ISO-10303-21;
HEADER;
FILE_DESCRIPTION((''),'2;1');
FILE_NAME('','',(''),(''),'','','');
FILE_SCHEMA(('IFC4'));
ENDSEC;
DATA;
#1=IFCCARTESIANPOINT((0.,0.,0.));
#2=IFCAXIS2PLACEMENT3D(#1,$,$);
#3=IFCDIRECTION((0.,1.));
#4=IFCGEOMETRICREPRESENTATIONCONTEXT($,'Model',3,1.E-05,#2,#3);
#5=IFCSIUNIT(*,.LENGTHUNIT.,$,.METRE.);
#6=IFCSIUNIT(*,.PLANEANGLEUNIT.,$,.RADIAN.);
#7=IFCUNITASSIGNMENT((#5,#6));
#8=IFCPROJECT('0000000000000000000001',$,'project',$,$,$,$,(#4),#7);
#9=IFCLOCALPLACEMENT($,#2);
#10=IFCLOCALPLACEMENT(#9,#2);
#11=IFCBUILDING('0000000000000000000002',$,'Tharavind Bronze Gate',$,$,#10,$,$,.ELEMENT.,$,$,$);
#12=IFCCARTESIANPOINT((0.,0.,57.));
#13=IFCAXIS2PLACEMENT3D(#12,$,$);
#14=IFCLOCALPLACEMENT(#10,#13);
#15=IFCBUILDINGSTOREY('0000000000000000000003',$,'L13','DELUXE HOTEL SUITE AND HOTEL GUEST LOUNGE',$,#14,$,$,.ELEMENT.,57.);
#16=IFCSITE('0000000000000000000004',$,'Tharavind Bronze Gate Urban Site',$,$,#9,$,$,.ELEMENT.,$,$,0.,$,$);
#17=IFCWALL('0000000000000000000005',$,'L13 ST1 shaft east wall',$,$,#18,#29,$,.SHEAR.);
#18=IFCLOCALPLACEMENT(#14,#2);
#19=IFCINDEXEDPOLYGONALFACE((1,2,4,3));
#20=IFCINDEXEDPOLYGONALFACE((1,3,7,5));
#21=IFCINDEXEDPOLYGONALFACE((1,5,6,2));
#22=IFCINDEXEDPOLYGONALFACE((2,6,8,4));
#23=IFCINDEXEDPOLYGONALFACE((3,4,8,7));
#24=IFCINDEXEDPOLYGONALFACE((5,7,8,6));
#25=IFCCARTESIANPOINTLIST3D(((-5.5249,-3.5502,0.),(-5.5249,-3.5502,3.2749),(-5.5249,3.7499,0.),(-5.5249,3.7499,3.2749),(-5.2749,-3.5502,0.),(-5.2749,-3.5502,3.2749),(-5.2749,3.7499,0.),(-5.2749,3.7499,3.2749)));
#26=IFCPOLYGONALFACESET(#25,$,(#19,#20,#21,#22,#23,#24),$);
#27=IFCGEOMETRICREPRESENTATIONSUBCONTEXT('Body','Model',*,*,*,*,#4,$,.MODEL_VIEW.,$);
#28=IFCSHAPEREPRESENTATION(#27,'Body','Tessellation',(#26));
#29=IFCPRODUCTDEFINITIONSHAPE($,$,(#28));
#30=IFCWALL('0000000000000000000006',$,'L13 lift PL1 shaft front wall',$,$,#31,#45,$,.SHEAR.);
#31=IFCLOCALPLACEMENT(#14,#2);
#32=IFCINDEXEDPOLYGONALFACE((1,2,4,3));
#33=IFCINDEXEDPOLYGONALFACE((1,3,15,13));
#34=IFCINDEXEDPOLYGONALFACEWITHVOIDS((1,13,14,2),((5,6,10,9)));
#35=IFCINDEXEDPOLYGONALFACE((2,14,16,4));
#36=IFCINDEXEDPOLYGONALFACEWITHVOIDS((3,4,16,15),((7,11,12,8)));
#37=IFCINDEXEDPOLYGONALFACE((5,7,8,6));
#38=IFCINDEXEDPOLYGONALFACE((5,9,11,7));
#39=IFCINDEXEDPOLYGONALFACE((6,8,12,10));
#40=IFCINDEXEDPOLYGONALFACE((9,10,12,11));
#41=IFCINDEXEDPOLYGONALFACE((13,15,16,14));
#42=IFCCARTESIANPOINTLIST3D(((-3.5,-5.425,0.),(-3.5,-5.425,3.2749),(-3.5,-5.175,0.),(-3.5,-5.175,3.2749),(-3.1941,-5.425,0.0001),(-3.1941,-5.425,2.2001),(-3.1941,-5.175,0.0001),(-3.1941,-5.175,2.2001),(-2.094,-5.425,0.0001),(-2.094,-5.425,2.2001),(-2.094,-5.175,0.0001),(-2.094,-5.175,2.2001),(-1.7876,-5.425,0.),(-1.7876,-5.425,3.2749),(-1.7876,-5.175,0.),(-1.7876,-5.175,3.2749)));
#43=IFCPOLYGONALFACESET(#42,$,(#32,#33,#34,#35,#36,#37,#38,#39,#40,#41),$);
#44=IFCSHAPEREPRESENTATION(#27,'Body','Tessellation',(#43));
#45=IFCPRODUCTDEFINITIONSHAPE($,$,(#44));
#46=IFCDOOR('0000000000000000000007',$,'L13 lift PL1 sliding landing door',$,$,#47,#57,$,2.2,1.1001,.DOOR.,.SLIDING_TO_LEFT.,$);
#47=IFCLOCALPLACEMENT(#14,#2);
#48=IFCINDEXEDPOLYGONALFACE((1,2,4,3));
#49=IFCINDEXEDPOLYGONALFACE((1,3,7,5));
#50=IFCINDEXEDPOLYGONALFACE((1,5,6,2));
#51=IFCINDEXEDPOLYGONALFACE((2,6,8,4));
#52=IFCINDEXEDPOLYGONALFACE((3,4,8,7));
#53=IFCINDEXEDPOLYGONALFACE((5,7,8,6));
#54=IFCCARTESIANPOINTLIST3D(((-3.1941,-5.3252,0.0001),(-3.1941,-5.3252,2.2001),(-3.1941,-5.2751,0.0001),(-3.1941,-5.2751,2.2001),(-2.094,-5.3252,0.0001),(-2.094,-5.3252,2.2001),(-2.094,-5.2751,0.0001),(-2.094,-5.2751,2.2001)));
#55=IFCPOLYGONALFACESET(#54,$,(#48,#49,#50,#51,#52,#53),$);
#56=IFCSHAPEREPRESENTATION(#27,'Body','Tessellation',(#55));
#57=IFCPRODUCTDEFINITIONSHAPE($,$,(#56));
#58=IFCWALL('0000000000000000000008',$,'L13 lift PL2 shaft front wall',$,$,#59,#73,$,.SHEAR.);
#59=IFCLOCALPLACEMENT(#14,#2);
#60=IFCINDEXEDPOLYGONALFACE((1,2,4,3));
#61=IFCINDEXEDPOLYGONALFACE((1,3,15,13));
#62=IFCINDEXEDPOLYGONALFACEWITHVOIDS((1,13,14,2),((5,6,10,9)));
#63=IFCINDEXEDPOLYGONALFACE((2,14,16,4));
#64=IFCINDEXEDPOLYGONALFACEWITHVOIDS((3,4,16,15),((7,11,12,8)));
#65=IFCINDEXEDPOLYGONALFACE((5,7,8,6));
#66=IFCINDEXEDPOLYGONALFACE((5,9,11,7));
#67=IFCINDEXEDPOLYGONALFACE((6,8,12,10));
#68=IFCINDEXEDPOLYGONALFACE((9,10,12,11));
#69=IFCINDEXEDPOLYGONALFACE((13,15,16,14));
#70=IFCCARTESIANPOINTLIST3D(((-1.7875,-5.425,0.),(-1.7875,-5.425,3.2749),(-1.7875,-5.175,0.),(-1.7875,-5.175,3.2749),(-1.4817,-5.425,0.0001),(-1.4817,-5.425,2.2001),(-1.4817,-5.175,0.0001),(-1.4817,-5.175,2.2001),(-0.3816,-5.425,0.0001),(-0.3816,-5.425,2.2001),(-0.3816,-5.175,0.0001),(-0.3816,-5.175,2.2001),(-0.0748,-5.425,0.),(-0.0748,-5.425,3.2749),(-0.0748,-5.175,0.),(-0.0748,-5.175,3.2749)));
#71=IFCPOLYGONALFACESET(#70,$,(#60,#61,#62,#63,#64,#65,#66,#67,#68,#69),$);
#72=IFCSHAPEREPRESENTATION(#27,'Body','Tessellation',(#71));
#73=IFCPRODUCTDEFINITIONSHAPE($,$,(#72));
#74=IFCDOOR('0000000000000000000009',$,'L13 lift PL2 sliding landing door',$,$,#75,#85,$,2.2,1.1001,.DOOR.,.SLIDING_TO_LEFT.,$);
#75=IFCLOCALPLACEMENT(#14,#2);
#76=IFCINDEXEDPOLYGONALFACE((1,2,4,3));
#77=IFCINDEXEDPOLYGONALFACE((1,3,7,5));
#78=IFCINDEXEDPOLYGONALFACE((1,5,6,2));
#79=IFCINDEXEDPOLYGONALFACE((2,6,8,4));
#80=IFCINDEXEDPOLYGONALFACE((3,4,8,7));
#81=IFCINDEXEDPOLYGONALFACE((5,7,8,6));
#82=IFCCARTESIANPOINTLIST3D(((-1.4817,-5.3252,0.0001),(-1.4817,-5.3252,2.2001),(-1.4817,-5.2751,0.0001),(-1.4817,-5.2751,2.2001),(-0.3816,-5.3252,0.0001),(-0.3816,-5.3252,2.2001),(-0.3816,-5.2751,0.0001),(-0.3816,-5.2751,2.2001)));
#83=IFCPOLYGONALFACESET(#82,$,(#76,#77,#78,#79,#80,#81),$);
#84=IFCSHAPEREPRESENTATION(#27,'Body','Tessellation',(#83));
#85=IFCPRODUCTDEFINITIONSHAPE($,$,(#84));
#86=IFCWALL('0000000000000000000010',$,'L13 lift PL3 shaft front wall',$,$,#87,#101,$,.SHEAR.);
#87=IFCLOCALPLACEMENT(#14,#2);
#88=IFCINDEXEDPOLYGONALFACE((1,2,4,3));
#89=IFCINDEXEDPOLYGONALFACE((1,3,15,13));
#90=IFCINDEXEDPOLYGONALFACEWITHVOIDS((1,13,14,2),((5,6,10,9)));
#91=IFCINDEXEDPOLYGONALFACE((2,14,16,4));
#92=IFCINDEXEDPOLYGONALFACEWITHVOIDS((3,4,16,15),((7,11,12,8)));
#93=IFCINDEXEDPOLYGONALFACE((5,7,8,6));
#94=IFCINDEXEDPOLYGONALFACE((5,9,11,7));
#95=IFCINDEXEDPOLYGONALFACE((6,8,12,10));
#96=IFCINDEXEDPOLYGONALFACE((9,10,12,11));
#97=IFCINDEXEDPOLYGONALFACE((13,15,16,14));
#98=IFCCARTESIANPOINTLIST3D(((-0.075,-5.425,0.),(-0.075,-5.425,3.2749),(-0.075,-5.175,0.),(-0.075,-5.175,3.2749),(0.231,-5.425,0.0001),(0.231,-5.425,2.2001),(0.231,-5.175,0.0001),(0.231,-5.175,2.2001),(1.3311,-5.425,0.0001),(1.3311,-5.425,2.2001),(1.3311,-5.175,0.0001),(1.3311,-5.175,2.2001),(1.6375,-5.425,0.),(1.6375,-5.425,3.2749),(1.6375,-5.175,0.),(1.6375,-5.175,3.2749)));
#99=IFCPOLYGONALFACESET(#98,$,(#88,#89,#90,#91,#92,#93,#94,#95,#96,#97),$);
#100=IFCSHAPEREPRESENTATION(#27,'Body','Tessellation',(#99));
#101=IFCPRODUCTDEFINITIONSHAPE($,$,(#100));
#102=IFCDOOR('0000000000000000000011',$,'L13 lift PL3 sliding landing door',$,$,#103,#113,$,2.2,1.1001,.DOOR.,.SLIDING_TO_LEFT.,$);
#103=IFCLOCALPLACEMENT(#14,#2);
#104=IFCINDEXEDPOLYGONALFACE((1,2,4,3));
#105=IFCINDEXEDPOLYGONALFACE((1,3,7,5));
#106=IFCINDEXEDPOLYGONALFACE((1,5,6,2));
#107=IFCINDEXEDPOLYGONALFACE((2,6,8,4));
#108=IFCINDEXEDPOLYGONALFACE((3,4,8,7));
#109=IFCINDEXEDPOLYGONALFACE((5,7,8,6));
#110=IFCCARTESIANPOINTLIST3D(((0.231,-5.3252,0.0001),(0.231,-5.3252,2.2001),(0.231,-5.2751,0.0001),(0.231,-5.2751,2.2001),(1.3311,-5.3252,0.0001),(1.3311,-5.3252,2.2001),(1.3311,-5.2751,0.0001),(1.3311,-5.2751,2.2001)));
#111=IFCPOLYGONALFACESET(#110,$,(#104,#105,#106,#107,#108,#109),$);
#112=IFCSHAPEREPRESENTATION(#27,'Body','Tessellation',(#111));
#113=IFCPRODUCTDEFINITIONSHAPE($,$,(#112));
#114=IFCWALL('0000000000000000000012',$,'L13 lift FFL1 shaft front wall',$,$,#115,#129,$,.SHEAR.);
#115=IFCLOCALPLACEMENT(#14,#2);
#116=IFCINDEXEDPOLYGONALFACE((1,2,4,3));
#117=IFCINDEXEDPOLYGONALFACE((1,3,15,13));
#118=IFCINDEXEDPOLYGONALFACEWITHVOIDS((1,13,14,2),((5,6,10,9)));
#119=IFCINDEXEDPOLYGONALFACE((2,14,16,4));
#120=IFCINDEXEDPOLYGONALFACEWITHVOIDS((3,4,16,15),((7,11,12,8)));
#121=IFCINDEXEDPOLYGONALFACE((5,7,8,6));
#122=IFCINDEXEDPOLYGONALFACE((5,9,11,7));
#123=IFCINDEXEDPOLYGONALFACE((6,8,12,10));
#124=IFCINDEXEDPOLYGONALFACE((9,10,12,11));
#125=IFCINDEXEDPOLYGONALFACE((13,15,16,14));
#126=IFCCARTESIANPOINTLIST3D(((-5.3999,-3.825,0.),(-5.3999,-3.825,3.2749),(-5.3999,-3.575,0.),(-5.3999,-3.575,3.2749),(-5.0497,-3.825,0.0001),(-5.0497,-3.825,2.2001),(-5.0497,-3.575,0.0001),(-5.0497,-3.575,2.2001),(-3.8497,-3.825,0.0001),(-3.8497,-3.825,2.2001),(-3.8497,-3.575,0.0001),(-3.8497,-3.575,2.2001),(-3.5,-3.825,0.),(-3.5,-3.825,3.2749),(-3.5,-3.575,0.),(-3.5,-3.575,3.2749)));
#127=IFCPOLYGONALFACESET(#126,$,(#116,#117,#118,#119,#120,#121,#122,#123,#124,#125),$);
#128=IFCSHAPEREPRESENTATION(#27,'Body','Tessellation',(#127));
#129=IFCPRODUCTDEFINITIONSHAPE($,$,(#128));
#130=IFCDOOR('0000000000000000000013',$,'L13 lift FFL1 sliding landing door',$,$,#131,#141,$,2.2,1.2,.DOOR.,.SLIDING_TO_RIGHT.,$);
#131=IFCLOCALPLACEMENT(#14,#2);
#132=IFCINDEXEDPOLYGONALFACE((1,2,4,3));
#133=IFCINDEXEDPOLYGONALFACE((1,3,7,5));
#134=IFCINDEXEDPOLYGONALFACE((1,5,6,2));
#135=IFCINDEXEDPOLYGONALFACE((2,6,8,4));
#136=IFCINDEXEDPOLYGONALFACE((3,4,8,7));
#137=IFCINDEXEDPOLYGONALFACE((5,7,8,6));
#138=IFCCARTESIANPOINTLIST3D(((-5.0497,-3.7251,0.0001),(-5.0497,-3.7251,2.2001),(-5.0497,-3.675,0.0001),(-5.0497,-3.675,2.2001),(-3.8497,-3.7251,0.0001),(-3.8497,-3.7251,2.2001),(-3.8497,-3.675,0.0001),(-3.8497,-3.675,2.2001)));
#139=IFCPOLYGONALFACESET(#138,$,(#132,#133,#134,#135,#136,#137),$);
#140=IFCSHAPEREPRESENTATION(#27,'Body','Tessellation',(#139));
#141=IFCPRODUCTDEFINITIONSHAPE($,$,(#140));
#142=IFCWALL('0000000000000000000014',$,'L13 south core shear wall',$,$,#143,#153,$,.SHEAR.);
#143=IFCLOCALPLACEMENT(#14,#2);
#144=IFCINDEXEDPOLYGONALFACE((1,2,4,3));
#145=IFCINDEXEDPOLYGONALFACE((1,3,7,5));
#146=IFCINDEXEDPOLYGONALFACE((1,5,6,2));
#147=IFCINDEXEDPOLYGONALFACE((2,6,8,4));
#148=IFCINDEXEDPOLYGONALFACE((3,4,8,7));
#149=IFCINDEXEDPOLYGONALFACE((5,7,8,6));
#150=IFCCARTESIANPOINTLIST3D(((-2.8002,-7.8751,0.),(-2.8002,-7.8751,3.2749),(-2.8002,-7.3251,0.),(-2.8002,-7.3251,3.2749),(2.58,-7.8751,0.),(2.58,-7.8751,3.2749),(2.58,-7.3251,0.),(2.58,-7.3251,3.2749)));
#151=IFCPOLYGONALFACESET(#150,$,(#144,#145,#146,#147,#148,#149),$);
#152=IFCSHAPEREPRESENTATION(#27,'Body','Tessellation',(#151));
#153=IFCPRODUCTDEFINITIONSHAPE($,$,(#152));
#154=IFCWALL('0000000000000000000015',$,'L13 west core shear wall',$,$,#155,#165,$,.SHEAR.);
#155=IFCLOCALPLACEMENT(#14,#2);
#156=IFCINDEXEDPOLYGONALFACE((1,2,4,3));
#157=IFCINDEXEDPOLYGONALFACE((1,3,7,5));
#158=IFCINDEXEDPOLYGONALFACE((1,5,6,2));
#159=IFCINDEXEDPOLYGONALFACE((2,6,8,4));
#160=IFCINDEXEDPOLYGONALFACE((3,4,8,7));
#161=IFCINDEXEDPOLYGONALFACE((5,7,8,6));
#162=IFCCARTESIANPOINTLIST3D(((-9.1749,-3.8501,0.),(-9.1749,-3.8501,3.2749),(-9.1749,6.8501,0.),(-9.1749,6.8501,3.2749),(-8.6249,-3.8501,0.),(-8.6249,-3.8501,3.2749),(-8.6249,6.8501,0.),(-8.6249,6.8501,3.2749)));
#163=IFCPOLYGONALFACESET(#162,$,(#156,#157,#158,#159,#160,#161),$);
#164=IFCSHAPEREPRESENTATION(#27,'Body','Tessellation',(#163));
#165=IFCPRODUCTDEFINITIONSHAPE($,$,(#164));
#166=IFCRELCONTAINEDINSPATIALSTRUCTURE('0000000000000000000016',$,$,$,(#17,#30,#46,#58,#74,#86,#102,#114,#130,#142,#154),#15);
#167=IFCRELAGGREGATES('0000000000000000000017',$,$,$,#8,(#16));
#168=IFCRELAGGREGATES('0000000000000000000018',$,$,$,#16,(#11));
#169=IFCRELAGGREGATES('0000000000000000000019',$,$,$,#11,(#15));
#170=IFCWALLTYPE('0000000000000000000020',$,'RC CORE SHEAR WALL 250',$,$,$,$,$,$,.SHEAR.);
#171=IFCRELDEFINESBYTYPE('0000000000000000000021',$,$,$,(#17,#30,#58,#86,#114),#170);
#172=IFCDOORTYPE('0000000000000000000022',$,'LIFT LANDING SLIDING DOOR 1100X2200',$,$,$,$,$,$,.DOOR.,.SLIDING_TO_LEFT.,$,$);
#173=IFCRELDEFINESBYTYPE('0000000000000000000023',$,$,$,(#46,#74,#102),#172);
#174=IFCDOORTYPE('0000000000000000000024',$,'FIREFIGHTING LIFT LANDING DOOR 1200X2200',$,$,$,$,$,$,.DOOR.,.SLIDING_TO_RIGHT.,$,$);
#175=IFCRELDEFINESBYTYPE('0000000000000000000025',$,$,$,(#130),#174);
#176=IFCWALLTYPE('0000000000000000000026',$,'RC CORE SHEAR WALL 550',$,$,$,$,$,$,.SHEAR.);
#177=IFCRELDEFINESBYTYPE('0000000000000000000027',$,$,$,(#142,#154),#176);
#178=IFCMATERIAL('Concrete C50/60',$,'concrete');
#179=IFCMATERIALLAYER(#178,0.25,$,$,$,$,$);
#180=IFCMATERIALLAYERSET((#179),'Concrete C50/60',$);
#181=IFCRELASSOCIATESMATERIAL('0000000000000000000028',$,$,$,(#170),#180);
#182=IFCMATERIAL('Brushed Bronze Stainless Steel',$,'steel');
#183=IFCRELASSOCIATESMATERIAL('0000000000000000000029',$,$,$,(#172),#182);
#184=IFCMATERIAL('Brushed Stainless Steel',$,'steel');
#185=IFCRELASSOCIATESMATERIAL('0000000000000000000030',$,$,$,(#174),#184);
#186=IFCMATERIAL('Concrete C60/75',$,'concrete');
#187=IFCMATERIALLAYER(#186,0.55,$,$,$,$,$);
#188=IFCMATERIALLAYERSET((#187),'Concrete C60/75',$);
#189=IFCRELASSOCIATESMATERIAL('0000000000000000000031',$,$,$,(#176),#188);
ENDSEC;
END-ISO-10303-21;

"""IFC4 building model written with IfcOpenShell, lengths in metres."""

from ifc_helpers import new_model, si_unit, direction, frame, frame_2d, origin, place, context, subcontext, project, spatial, rectangle, extrude, material, layer, layer_set, type_object, element, fill, save


model = new_model("IFC4")

# Units and contexts
model_context = context("Model", 3, precision=1e-05, world=origin(), true_north=direction((0.0, 1.0)))
body_context = subcontext(model_context, "Body", "Model", "MODEL_VIEW")
ifc_project = project(units=[si_unit("LENGTHUNIT", "METRE"), si_unit("PLANEANGLEUNIT", "RADIAN")], contexts=[model_context])

# Site, building, storey
site_placement = place(None, origin())
site = spatial("IfcSite", under=ifc_project, at=site_placement, Name="Tharavind Bronze Gate Urban Site", CompositionType="ELEMENT", RefElevation=0.0)
building_placement = place(site_placement, origin())
building = spatial("IfcBuilding", under=site, at=building_placement, Name="Tharavind Bronze Gate", CompositionType="ELEMENT")
storey_placement = place(building_placement, frame((0.0, 0.0, 57.0)))
storey = spatial("IfcBuildingStorey", under=building, at=storey_placement, Name="L13", Description="DELUXE HOTEL SUITE AND HOTEL GUEST LOUNGE", CompositionType="ELEMENT", Elevation=57.0)

# Wall
ifc_material_1 = material(Name="Concrete C50/60", Category="concrete")
ifc_layer_1 = layer(ifc_material_1, 0.25)
ifc_layer_set_1 = layer_set([ifc_layer_1], Name="Concrete C50/60")
wall_type_1 = type_object("IfcWallType", Name="RC CORE SHEAR WALL 250", PredefinedType="SHEAR", material=ifc_layer_set_1)
wall_1_placement = place(storey_placement, frame((-5.3999, -3.55, 0.0), z_axis=(0.0, 0.0, 1.0), x_axis=(0.0, 1.0, 0.0)))
element("IfcWall", 1, at=wall_1_placement, inside=storey, type_object=wall_type_1, Name="L13 ST1 shaft east wall", PredefinedType="SHEAR", context=body_context, shape_type="SweptSolid", body=[
    extrude(rectangle(XDim=7.3, YDim=0.25, at=frame_2d((3.6499, 0.0))), origin(), (0.0, 0.0, 1.0), 3.2749),
])

# Walls, openings, doors
wall_2_placement = place(storey_placement, frame((-3.5, -5.3, 0.0), z_axis=(0.0, 0.0, 1.0), x_axis=(1.0, 0.0, 0.0)))
wall_2 = element("IfcWall", 2, at=wall_2_placement, inside=storey, type_object=wall_type_1, Name="L13 lift PL1 shaft front wall", PredefinedType="SHEAR", context=body_context, shape_type="SweptSolid", body=[
    extrude(rectangle(XDim=1.7124, YDim=0.25, at=frame_2d((0.8562, 0.0))), origin(), (0.0, 0.0, 1.0), 3.2749),
])
opening_1_placement = place(wall_2_placement, frame((0.3059, 0.0, 0.0)))
opening_1 = element("IfcOpeningElement", 3, at=opening_1_placement, cuts=wall_2, PredefinedType="OPENING", context=body_context, shape_type="SweptSolid", body=[
    extrude(rectangle(XDim=1.1001, YDim=2.2, at=frame_2d((0.55, 1.1001))), frame((0.0, 0.135, 0.0), z_axis=(0.0, -1.0, 0.0), x_axis=(1.0, 0.0, 0.0)), (0.0, 0.0, 1.0), 0.27),
])
ifc_material_2 = material(Name="Brushed Bronze Stainless Steel", Category="steel")
door_type_1 = type_object("IfcDoorType", Name="LIFT LANDING SLIDING DOOR 1100X2200", OperationType="SLIDING_TO_LEFT", PredefinedType="DOOR", material=ifc_material_2)
door_1_placement = place(opening_1_placement, origin())
door_1 = element("IfcDoor", 4, at=door_1_placement, inside=storey, type_object=door_type_1, Name="L13 lift PL1 sliding landing door", OperationType="SLIDING_TO_LEFT", OverallHeight=2.2, OverallWidth=1.1001, PredefinedType="DOOR", context=body_context, shape_type="SweptSolid", body=[
    extrude(rectangle(XDim=1.1001, YDim=2.2, at=frame_2d((0.55, 1.1001))), frame((0.0, 0.0249, 0.0), z_axis=(0.0, -1.0, 0.0), x_axis=(1.0, 0.0, 0.0)), (0.0, 0.0, 1.0), 0.05),
])
fill(opening_1, door_1)
wall_3_placement = place(storey_placement, frame((-1.7876, -5.3, 0.0), z_axis=(0.0, 0.0, 1.0), x_axis=(1.0, 0.0, 0.0)))
wall_3 = element("IfcWall", 5, at=wall_3_placement, inside=storey, type_object=wall_type_1, Name="L13 lift PL2 shaft front wall", PredefinedType="SHEAR", context=body_context, shape_type="SweptSolid", body=[
    extrude(rectangle(XDim=1.7126, YDim=0.25, at=frame_2d((0.8564, 0.0))), origin(), (0.0, 0.0, 1.0), 3.2749),
])
opening_2_placement = place(wall_3_placement, frame((0.3059, 0.0, 0.0)))
opening_2 = element("IfcOpeningElement", 6, at=opening_2_placement, cuts=wall_3, PredefinedType="OPENING", context=body_context, shape_type="SweptSolid", body=[
    extrude(rectangle(XDim=1.1001, YDim=2.2, at=frame_2d((0.55, 1.1001))), frame((0.0, 0.135, 0.0), z_axis=(0.0, -1.0, 0.0), x_axis=(1.0, 0.0, 0.0)), (0.0, 0.0, 1.0), 0.27),
])
door_2_placement = place(opening_2_placement, origin())
door_2 = element("IfcDoor", 7, at=door_2_placement, inside=storey, type_object=door_type_1, Name="L13 lift PL2 sliding landing door", OperationType="SLIDING_TO_LEFT", OverallHeight=2.2, OverallWidth=1.1001, PredefinedType="DOOR", context=body_context, shape_type="SweptSolid", body=[
    extrude(rectangle(XDim=1.1001, YDim=2.2, at=frame_2d((0.55, 1.1001))), frame((0.0, 0.0249, 0.0), z_axis=(0.0, -1.0, 0.0), x_axis=(1.0, 0.0, 0.0)), (0.0, 0.0, 1.0), 0.05),
])
fill(opening_2, door_2)
wall_4_placement = place(storey_placement, frame((-0.075, -5.3, 0.0), z_axis=(0.0, 0.0, 1.0), x_axis=(1.0, 0.0, 0.0)))
wall_4 = element("IfcWall", 8, at=wall_4_placement, inside=storey, type_object=wall_type_1, Name="L13 lift PL3 shaft front wall", PredefinedType="SHEAR", context=body_context, shape_type="SweptSolid", body=[
    extrude(rectangle(XDim=1.7124, YDim=0.25, at=frame_2d((0.8562, 0.0))), origin(), (0.0, 0.0, 1.0), 3.2749),
])
opening_3_placement = place(wall_4_placement, frame((0.3059, 0.0, 0.0)))
opening_3 = element("IfcOpeningElement", 9, at=opening_3_placement, cuts=wall_4, PredefinedType="OPENING", context=body_context, shape_type="SweptSolid", body=[
    extrude(rectangle(XDim=1.1001, YDim=2.2, at=frame_2d((0.55, 1.1001))), frame((0.0, 0.135, 0.0), z_axis=(0.0, -1.0, 0.0), x_axis=(1.0, 0.0, 0.0)), (0.0, 0.0, 1.0), 0.27),
])
door_3_placement = place(opening_3_placement, origin())
door_3 = element("IfcDoor", 10, at=door_3_placement, inside=storey, type_object=door_type_1, Name="L13 lift PL3 sliding landing door", OperationType="SLIDING_TO_LEFT", OverallHeight=2.2, OverallWidth=1.1001, PredefinedType="DOOR", context=body_context, shape_type="SweptSolid", body=[
    extrude(rectangle(XDim=1.1001, YDim=2.2, at=frame_2d((0.55, 1.1001))), frame((0.0, 0.0249, 0.0), z_axis=(0.0, -1.0, 0.0), x_axis=(1.0, 0.0, 0.0)), (0.0, 0.0, 1.0), 0.05),
])
fill(opening_3, door_3)
wall_5_placement = place(storey_placement, frame((-5.3999, -3.7, 0.0), z_axis=(0.0, 0.0, 1.0), x_axis=(1.0, 0.0, 0.0)))
wall_5 = element("IfcWall", 11, at=wall_5_placement, inside=storey, type_object=wall_type_1, Name="L13 lift FFL1 shaft front wall", PredefinedType="SHEAR", context=body_context, shape_type="SweptSolid", body=[
    extrude(rectangle(XDim=1.8999, YDim=0.25, at=frame_2d((0.95, 0.0))), origin(), (0.0, 0.0, 1.0), 3.2749),
])
opening_4_placement = place(wall_5_placement, frame((0.3501, 0.0, 0.0)))
opening_4 = element("IfcOpeningElement", 12, at=opening_4_placement, cuts=wall_5, PredefinedType="OPENING", context=body_context, shape_type="SweptSolid", body=[
    extrude(rectangle(XDim=1.2, YDim=2.2, at=frame_2d((0.6001, 1.1001))), frame((0.0, 0.135, 0.0), z_axis=(0.0, -1.0, 0.0), x_axis=(1.0, 0.0, 0.0)), (0.0, 0.0, 1.0), 0.27),
])
ifc_material_3 = material(Name="Brushed Stainless Steel", Category="steel")
door_type_2 = type_object("IfcDoorType", Name="FIREFIGHTING LIFT LANDING DOOR 1200X2200", OperationType="SLIDING_TO_RIGHT", PredefinedType="DOOR", material=ifc_material_3)
door_4_placement = place(opening_4_placement, origin())
door_4 = element("IfcDoor", 13, at=door_4_placement, inside=storey, type_object=door_type_2, Name="L13 lift FFL1 sliding landing door", OperationType="SLIDING_TO_RIGHT", OverallHeight=2.2, OverallWidth=1.2, PredefinedType="DOOR", context=body_context, shape_type="SweptSolid", body=[
    extrude(rectangle(XDim=1.2, YDim=2.2, at=frame_2d((0.6001, 1.1001))), frame((0.0, 0.0249, 0.0), z_axis=(0.0, -1.0, 0.0), x_axis=(1.0, 0.0, 0.0)), (0.0, 0.0, 1.0), 0.05),
])
fill(opening_4, door_4)

# Walls
ifc_material_4 = material(Name="Concrete C60/75", Category="concrete")
ifc_layer_2 = layer(ifc_material_4, 0.55)
ifc_layer_set_2 = layer_set([ifc_layer_2], Name="Concrete C60/75")
wall_type_2 = type_object("IfcWallType", Name="RC CORE SHEAR WALL 550", PredefinedType="SHEAR", material=ifc_layer_set_2)
wall_6_placement = place(storey_placement, frame((-2.8, -7.6001, 0.0), z_axis=(0.0, 0.0, 1.0), x_axis=(1.0, 0.0, 0.0)))
element("IfcWall", 14, at=wall_6_placement, inside=storey, type_object=wall_type_2, Name="L13 south core shear wall", PredefinedType="SHEAR", context=body_context, shape_type="SweptSolid", body=[
    extrude(rectangle(XDim=5.3801, YDim=0.55, at=frame_2d((2.6899, 0.0))), origin(), (0.0, 0.0, 1.0), 3.2749),
])
wall_7_placement = place(storey_placement, frame((-8.8999, -3.8501, 0.0), z_axis=(0.0, 0.0, 1.0), x_axis=(0.0, 1.0, 0.0)))
element("IfcWall", 15, at=wall_7_placement, inside=storey, type_object=wall_type_2, Name="L13 west core shear wall", PredefinedType="SHEAR", context=body_context, shape_type="SweptSolid", body=[
    extrude(rectangle(XDim=10.7002, YDim=0.55, at=frame_2d((5.3501, 0.0))), origin(), (0.0, 0.0, 1.0), 3.2749),
])

save(model, "model.ifc")
